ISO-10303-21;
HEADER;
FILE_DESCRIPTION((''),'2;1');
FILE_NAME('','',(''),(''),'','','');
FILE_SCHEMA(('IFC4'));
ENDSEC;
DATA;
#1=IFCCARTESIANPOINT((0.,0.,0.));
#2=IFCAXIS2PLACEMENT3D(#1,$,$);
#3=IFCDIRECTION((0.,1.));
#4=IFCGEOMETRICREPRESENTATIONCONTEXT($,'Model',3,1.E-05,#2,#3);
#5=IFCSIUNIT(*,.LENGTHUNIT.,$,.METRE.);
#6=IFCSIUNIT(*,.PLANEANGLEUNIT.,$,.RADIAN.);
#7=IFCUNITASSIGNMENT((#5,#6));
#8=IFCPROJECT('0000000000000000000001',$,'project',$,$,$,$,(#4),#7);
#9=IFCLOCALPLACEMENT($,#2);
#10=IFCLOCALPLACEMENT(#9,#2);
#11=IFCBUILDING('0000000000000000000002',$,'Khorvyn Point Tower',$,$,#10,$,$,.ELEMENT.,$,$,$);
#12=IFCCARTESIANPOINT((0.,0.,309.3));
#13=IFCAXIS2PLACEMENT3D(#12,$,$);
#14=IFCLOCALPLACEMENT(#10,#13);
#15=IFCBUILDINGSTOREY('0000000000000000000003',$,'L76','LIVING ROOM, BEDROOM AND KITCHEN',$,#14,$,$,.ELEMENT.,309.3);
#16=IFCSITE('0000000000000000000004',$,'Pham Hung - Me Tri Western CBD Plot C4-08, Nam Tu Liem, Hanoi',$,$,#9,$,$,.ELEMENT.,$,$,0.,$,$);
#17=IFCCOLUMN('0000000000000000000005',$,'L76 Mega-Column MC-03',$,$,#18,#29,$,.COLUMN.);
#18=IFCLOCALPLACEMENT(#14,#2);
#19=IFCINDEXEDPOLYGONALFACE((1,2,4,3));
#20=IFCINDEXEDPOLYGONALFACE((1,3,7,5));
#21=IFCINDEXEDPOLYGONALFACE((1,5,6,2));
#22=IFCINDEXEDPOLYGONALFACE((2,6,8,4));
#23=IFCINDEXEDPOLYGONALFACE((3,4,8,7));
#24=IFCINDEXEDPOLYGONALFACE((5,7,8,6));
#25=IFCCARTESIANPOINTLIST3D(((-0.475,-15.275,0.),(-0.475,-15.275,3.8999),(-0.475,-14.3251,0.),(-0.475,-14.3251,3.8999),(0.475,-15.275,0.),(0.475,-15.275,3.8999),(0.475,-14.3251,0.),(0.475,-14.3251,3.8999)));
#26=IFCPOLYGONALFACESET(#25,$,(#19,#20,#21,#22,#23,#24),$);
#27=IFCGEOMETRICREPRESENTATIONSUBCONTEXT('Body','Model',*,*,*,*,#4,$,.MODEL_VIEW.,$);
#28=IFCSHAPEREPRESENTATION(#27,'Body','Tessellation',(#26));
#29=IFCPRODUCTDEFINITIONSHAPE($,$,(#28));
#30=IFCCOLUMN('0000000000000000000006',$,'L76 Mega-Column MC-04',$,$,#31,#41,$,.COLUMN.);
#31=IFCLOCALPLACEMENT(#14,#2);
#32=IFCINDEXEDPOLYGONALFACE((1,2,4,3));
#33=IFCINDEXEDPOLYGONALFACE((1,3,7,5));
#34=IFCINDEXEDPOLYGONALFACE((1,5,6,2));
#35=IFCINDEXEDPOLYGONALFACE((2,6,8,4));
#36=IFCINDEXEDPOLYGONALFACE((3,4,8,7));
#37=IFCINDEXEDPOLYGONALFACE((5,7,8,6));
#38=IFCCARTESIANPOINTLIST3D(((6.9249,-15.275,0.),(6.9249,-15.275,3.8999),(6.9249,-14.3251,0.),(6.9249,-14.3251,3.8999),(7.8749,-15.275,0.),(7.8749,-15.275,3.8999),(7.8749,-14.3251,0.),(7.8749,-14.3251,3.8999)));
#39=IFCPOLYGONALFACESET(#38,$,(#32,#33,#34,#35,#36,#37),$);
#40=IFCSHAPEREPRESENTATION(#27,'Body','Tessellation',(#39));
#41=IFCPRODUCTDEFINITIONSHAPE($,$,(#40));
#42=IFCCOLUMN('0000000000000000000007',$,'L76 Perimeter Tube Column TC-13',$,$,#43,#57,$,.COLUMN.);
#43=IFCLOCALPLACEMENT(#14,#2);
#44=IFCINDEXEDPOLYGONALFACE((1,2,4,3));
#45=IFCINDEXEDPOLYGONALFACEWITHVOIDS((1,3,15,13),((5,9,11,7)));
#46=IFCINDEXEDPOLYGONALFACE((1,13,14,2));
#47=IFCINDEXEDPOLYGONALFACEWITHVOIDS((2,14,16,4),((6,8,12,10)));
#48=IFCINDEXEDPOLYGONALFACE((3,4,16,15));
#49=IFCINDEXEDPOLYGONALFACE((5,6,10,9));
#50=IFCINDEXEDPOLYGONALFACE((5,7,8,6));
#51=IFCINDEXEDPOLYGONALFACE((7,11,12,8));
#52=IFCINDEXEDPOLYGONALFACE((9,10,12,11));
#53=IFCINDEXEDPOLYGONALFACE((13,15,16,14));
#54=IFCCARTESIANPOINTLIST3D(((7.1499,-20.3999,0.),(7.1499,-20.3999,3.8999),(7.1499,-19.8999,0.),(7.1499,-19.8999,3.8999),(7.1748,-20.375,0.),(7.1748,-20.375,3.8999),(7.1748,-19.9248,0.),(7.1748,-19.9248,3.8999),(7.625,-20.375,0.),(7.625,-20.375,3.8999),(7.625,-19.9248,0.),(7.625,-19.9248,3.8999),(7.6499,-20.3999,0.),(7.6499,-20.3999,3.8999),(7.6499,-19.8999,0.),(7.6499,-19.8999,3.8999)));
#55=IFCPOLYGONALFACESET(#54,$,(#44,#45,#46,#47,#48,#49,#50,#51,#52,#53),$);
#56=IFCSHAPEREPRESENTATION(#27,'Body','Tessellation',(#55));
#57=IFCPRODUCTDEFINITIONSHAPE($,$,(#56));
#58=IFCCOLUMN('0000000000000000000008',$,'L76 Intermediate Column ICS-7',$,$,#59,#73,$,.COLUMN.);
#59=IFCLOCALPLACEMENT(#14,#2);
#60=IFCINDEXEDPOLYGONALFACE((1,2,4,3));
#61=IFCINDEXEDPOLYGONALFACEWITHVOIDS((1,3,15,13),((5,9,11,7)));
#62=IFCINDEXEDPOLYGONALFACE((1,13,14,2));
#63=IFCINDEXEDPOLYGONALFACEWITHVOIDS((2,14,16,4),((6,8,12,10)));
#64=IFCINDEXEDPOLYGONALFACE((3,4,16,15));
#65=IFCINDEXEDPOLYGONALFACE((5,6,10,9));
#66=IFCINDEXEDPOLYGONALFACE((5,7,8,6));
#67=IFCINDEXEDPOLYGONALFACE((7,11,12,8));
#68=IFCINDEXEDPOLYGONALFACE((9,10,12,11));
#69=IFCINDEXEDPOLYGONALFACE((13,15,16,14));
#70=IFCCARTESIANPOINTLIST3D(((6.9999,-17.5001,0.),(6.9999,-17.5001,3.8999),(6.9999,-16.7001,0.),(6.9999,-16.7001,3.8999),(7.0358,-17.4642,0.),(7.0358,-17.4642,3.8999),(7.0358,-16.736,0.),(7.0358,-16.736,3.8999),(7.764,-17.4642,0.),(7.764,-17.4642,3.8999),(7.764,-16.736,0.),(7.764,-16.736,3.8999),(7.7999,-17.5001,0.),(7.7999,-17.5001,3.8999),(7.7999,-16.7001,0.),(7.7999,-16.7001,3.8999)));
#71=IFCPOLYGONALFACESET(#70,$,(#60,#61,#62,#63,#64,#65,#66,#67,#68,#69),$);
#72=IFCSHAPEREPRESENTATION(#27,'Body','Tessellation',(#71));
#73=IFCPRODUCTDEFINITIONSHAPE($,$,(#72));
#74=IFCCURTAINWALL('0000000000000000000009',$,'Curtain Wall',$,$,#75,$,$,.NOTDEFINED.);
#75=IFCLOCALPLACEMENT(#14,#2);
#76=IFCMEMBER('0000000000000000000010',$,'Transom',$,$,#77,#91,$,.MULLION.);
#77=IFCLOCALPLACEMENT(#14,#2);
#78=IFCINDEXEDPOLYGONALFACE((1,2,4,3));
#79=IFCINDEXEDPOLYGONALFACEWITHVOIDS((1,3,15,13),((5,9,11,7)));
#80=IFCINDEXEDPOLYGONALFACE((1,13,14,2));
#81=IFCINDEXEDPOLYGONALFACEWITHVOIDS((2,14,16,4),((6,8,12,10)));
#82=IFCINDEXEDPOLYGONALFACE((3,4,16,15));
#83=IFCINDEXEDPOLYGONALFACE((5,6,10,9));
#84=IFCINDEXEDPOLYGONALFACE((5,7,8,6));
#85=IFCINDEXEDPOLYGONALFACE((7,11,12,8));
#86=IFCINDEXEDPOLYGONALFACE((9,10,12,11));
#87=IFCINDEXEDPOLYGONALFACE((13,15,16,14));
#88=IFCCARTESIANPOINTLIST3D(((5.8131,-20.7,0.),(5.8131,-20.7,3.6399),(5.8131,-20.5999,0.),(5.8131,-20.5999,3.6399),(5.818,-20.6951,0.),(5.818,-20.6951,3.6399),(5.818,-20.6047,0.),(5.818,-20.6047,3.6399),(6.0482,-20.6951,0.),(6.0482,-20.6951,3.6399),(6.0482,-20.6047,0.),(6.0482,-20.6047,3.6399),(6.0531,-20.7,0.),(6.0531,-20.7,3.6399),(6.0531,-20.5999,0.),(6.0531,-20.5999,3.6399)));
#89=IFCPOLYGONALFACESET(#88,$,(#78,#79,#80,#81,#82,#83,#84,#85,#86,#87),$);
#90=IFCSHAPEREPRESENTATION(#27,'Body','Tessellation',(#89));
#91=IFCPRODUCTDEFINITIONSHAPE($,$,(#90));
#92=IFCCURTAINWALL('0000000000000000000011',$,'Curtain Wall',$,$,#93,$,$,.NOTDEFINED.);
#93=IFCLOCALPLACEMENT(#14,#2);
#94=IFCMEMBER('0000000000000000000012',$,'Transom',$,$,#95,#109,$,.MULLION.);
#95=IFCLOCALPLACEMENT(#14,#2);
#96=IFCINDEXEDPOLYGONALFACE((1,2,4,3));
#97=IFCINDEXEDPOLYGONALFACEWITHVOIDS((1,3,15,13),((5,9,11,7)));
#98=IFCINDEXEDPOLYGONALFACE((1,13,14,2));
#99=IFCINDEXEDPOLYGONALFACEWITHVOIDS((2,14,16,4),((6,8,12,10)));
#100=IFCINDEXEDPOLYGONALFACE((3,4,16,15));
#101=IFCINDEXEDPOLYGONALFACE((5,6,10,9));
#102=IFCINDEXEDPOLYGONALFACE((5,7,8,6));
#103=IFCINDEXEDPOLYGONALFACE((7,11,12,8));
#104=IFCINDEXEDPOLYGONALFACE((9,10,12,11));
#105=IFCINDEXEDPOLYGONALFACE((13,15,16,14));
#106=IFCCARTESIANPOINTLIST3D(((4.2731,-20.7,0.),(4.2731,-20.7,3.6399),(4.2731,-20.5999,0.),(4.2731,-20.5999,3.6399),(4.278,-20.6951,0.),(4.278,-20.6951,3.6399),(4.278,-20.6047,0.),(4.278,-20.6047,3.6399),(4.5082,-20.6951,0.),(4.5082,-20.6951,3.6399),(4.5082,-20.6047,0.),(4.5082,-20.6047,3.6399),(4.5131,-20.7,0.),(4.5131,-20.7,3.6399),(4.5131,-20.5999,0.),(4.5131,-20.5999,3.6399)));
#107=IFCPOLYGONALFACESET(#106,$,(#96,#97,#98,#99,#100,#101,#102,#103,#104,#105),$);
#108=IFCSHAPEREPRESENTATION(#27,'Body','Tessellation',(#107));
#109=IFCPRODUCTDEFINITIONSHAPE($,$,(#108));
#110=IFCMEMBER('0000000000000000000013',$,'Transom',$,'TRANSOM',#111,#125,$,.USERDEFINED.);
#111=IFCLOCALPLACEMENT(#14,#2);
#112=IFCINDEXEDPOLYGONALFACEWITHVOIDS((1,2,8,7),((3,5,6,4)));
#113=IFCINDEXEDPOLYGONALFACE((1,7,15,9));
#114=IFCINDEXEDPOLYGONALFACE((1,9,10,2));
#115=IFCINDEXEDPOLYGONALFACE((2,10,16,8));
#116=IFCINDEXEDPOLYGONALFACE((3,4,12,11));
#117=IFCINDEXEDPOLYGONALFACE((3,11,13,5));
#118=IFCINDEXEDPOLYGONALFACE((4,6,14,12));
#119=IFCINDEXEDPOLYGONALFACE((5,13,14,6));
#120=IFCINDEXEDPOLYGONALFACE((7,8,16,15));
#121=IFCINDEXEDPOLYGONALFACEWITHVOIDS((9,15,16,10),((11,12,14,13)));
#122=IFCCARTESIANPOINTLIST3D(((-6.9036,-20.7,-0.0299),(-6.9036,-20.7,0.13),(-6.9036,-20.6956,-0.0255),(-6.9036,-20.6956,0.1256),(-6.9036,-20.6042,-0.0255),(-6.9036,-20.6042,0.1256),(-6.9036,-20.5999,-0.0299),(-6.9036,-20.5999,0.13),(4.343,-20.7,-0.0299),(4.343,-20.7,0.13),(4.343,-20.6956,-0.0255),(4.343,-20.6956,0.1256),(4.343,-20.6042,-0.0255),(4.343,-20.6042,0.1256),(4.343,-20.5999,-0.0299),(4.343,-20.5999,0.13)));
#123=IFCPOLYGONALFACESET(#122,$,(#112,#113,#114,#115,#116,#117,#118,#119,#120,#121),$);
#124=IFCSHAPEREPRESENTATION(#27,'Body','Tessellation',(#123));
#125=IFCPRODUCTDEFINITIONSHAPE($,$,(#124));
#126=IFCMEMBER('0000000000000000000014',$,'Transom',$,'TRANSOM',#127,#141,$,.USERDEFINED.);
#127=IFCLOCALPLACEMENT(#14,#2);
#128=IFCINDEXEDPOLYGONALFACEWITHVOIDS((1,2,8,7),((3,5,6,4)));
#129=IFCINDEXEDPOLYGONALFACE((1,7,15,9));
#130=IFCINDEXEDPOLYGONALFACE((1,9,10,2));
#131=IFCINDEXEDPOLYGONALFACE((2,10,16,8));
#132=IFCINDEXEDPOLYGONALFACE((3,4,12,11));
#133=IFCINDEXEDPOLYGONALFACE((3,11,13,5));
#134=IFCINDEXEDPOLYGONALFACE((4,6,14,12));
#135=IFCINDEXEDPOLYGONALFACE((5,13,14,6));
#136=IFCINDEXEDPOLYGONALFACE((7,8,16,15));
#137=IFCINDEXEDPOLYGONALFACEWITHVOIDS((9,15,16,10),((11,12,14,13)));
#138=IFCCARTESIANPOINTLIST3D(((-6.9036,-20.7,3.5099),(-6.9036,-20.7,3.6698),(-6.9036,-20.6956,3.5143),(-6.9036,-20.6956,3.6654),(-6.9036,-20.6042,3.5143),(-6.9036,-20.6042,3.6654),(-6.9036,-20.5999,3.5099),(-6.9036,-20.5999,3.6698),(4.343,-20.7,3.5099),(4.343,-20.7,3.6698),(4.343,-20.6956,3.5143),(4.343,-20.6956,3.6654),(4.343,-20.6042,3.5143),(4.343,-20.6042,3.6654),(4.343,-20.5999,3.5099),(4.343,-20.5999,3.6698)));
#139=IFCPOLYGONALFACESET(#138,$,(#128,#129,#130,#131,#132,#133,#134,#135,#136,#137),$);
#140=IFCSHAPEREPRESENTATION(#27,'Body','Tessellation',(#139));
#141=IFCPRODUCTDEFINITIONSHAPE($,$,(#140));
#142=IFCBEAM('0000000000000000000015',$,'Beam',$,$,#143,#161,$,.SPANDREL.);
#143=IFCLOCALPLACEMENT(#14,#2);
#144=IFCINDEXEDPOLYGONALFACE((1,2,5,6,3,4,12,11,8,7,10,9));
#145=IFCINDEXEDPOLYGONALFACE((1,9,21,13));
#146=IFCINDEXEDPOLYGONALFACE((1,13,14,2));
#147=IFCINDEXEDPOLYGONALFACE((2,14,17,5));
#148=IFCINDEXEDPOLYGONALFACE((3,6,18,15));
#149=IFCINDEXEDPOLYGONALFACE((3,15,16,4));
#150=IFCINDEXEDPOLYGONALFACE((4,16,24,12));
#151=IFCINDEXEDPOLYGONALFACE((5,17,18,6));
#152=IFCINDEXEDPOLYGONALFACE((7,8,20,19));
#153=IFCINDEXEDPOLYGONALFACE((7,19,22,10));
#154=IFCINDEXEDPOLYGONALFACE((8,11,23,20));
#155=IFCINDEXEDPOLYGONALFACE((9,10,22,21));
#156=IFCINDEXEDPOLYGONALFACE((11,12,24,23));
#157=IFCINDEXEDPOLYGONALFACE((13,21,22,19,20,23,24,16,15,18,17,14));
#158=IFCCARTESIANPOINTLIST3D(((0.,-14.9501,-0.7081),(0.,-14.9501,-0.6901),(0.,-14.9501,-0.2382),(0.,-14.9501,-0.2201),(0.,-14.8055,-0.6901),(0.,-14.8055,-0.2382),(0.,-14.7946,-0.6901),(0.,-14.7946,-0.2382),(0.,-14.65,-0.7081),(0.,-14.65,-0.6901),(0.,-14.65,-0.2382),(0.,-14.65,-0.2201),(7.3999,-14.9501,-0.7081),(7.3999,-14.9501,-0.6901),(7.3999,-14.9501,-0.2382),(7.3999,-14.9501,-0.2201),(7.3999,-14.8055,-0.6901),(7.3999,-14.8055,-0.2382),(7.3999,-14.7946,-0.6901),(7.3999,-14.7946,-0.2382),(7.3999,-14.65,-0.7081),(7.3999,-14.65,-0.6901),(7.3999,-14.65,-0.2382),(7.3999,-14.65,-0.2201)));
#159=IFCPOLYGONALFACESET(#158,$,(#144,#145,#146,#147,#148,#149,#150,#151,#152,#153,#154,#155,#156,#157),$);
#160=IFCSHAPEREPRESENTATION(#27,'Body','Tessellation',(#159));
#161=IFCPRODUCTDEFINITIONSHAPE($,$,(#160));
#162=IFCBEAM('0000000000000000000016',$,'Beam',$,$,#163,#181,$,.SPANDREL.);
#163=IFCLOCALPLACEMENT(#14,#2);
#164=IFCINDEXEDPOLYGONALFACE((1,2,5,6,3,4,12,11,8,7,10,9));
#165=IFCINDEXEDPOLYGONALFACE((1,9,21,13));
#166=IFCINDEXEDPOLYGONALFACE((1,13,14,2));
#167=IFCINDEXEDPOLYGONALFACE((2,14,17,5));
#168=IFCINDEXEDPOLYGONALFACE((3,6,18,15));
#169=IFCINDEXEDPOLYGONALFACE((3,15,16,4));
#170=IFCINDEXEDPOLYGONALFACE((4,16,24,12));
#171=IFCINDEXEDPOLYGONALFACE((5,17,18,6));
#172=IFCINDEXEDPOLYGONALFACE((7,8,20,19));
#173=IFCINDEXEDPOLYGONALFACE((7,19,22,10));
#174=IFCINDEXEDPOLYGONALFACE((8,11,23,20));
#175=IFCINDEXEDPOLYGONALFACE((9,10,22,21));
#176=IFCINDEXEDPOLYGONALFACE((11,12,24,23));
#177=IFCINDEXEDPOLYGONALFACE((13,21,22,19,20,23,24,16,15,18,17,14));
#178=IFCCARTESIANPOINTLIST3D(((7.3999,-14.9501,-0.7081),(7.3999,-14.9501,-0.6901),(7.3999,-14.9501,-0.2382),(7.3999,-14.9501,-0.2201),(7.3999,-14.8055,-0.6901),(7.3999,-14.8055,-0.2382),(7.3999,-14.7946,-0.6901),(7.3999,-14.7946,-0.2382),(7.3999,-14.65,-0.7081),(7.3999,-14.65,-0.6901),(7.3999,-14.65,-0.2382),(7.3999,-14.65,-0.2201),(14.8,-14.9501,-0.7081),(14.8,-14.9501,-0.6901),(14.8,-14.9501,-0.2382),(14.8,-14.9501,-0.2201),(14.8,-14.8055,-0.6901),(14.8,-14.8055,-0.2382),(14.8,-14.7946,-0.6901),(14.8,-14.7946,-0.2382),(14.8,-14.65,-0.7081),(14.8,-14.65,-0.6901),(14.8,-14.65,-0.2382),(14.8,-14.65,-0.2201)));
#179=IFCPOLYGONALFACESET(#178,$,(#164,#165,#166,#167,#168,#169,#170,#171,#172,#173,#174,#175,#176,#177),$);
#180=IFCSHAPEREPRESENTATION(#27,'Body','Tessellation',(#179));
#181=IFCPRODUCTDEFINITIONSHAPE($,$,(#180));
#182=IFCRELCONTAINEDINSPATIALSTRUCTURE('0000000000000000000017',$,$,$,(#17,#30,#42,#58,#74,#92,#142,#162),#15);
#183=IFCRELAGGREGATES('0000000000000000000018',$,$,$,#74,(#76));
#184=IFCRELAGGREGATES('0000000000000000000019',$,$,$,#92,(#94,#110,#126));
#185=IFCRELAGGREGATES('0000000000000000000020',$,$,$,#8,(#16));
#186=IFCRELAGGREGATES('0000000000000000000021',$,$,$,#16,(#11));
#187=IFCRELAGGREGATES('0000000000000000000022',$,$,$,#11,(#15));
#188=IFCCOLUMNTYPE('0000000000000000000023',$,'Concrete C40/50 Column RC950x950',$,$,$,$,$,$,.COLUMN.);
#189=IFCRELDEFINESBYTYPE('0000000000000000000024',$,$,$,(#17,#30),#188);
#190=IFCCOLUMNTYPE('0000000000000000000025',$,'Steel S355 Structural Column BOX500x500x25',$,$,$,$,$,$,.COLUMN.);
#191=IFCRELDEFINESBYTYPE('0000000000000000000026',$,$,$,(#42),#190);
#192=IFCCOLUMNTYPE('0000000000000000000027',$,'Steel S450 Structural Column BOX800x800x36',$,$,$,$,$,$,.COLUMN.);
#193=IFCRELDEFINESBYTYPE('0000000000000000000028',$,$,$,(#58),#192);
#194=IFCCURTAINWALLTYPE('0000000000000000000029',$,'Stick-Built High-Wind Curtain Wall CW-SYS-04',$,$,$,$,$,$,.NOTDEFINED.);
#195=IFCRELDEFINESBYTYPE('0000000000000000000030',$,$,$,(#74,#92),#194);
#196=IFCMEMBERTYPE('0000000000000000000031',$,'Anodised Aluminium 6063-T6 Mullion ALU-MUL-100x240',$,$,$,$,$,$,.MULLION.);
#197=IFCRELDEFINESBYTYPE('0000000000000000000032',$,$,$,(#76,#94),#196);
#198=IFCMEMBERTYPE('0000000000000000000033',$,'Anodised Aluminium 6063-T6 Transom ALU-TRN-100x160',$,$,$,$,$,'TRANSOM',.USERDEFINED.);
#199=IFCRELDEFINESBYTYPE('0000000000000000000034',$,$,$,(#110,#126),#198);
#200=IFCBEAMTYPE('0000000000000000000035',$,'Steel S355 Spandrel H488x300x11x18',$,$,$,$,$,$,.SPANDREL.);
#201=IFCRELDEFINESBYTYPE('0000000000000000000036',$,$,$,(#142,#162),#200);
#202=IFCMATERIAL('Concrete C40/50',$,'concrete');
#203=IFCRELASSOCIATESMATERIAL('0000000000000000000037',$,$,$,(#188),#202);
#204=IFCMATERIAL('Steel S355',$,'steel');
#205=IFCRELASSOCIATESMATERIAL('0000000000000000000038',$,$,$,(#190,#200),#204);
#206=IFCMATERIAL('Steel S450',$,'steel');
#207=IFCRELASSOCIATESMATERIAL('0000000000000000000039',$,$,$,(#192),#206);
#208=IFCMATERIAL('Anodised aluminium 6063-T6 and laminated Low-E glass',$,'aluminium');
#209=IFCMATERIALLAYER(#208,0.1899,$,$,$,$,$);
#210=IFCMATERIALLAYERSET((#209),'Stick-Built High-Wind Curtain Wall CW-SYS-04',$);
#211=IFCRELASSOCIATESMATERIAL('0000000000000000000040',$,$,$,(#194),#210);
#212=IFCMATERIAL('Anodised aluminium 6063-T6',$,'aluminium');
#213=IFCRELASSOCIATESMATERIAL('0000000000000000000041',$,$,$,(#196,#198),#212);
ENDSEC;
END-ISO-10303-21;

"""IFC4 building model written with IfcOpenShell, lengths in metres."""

from ifc_helpers import new_model, si_unit, direction, frame, origin, origin_2d, place, context, subcontext, project, spatial, rectangle, hollow_rectangle, i_section, extrude, material, layer, layer_set, material_profile, profile_set, type_object, element, aggregate, save


model = new_model("IFC4")

# Units and contexts
model_context = context("Model", 3, precision=1e-05, world=origin(), true_north=direction((0.0, 1.0)))
body_context = subcontext(model_context, "Body", "Model", "MODEL_VIEW")
ifc_project = project(units=[si_unit("LENGTHUNIT", "METRE"), si_unit("PLANEANGLEUNIT", "RADIAN")], contexts=[model_context])

# Site, building, storey
site_placement = place(None, origin())
site = spatial("IfcSite", under=ifc_project, at=site_placement, Name="Pham Hung - Me Tri Western CBD Plot C4-08, Nam Tu Liem, Hanoi", CompositionType="ELEMENT", RefElevation=0.0)
building_placement = place(site_placement, origin())
building = spatial("IfcBuilding", under=site, at=building_placement, Name="Khorvyn Point Tower", CompositionType="ELEMENT")
storey_placement = place(building_placement, frame((0.0, 0.0, 309.3)))
storey = spatial("IfcBuildingStorey", under=building, at=storey_placement, Name="L76", Description="LIVING ROOM, BEDROOM AND KITCHEN", CompositionType="ELEMENT", Elevation=309.3)

# Columns
ifc_material_1 = material(Name="Concrete C40/50", Category="concrete")
ifc_material_profile_1 = material_profile(ifc_material_1, rectangle(XDim=0.95, YDim=0.95, at=origin_2d()))
ifc_profile_set_1 = profile_set([ifc_material_profile_1], Name="Concrete C40/50 RC950x950")
column_type_1 = type_object("IfcColumnType", Name="Concrete C40/50 Column RC950x950", PredefinedType="COLUMN", material=ifc_profile_set_1)
for number, where, z_axis, x_axis, name in (
    (1, (0.0, -14.8, 0.0), (0.0, 0.0, 1.0), (1.0, 0.0, 0.0), "L76 Mega-Column MC-03"),
    (2, (7.3999, -14.8, 0.0), (0.0, 0.0, 1.0), (1.0, 0.0, 0.0), "L76 Mega-Column MC-04"),
):
    element("IfcColumn", number, at=place(storey_placement, frame(where, z_axis=z_axis, x_axis=x_axis)), inside=storey, type_object=column_type_1, Name=name, PredefinedType="COLUMN", context=body_context, shape_type="SweptSolid", body=[
        extrude(rectangle(XDim=0.95, YDim=0.95, at=origin_2d()), origin(), (0.0, 0.0, 1.0), 3.8999),
    ])
ifc_material_2 = material(Name="Steel S355", Category="steel")
ifc_material_profile_2 = material_profile(ifc_material_2, hollow_rectangle(XDim=0.5, YDim=0.5, WallThickness=0.0249, at=origin_2d()))
ifc_profile_set_2 = profile_set([ifc_material_profile_2], Name="Steel S355 BOX500x500x25")
column_type_2 = type_object("IfcColumnType", Name="Steel S355 Structural Column BOX500x500x25", PredefinedType="COLUMN", material=ifc_profile_set_2)
column_1_placement = place(storey_placement, frame((7.3999, -20.1499, 0.0), z_axis=(0.0, 0.0, 1.0), x_axis=(1.0, 0.0, 0.0)))
element("IfcColumn", 3, at=column_1_placement, inside=storey, type_object=column_type_2, Name="L76 Perimeter Tube Column TC-13", PredefinedType="COLUMN", context=body_context, shape_type="SweptSolid", body=[
    extrude(hollow_rectangle(XDim=0.5, YDim=0.5, WallThickness=0.0249, at=origin_2d()), origin(), (0.0, 0.0, 1.0), 3.8999),
])
ifc_material_3 = material(Name="Steel S450", Category="steel")
ifc_material_profile_3 = material_profile(ifc_material_3, hollow_rectangle(XDim=0.8, YDim=0.8, WallThickness=0.0359, at=origin_2d()))
ifc_profile_set_3 = profile_set([ifc_material_profile_3], Name="Steel S450 BOX800x800x36")
column_type_3 = type_object("IfcColumnType", Name="Steel S450 Structural Column BOX800x800x36", PredefinedType="COLUMN", material=ifc_profile_set_3)
column_2_placement = place(storey_placement, frame((7.3999, -17.1001, 0.0), z_axis=(0.0, 0.0, 1.0), x_axis=(1.0, 0.0, 0.0)))
element("IfcColumn", 4, at=column_2_placement, inside=storey, type_object=column_type_3, Name="L76 Intermediate Column ICS-7", PredefinedType="COLUMN", context=body_context, shape_type="SweptSolid", body=[
    extrude(hollow_rectangle(XDim=0.8, YDim=0.8, WallThickness=0.0359, at=origin_2d()), origin(), (0.0, 0.0, 1.0), 3.8999),
])

# Curtain wall, member
ifc_material_4 = material(Name="Anodised aluminium 6063-T6 and laminated Low-E glass", Category="aluminium")
ifc_layer_1 = layer(ifc_material_4, 0.1899)
ifc_layer_set_1 = layer_set([ifc_layer_1], Name="Stick-Built High-Wind Curtain Wall CW-SYS-04")
curtain_wall_type = type_object("IfcCurtainWallType", Name="Stick-Built High-Wind Curtain Wall CW-SYS-04", PredefinedType="NOTDEFINED", material=ifc_layer_set_1)
curtain_wall_1_placement = place(storey_placement, origin())
curtain_wall_1 = element("IfcCurtainWall", 5, at=curtain_wall_1_placement, inside=storey, type_object=curtain_wall_type, Name="Curtain Wall", PredefinedType="NOTDEFINED")
ifc_material_5 = material(Name="Anodised aluminium 6063-T6", Category="aluminium")
ifc_material_profile_4 = material_profile(ifc_material_5, hollow_rectangle(XDim=0.1001, YDim=0.24, WallThickness=0.0049, at=origin_2d()))
ifc_profile_set_4 = profile_set([ifc_material_profile_4], Name="Anodised aluminium 6063-T6 ALU-MUL-100x240")
member_type_1 = type_object("IfcMemberType", Name="Anodised Aluminium 6063-T6 Mullion ALU-MUL-100x240", PredefinedType="MULLION", material=ifc_profile_set_4)
member_1_placement = place(storey_placement, frame((5.9331, -20.6499, 0.0), z_axis=(0.0, 0.0, 1.0), x_axis=(0.0, -1.0, 0.0)))
member_1 = element("IfcMember", 6, at=member_1_placement, type_object=member_type_1, Name="Transom", PredefinedType="MULLION", context=body_context, shape_type="SweptSolid", body=[
    extrude(hollow_rectangle(XDim=0.1001, YDim=0.24, WallThickness=0.0049, at=origin_2d()), origin(), (0.0, 0.0, 1.0), 3.6399),
])
aggregate(curtain_wall_1, [member_1])

# Curtain wall, members
curtain_wall_2_placement = place(storey_placement, origin())
curtain_wall_2 = element("IfcCurtainWall", 7, at=curtain_wall_2_placement, inside=storey, type_object=curtain_wall_type, Name="Curtain Wall", PredefinedType="NOTDEFINED")
member_2_placement = place(storey_placement, frame((4.3931, -20.6499, 0.0), z_axis=(0.0, 0.0, 1.0), x_axis=(0.0, -1.0, 0.0)))
member_2 = element("IfcMember", 8, at=member_2_placement, type_object=member_type_1, Name="Transom", PredefinedType="MULLION", context=body_context, shape_type="SweptSolid", body=[
    extrude(hollow_rectangle(XDim=0.1001, YDim=0.24, WallThickness=0.0049, at=origin_2d()), origin(), (0.0, 0.0, 1.0), 3.6399),
])
ifc_material_profile_5 = material_profile(ifc_material_5, hollow_rectangle(XDim=0.1001, YDim=0.1599, WallThickness=0.0044, at=origin_2d()))
ifc_profile_set_5 = profile_set([ifc_material_profile_5], Name="Anodised aluminium 6063-T6 ALU-TRN-100x160")
member_type_2 = type_object("IfcMemberType", Name="Anodised Aluminium 6063-T6 Transom ALU-TRN-100x160", ElementType="TRANSOM", PredefinedType="USERDEFINED", material=ifc_profile_set_5)
member_3_placement = place(storey_placement, frame((4.343, -20.6499, 0.05), z_axis=(-1.0, 0.0, 0.0), x_axis=(0.0, -1.0, 0.0)))
member_3 = element("IfcMember", 9, at=member_3_placement, type_object=member_type_2, Name="Transom", ObjectType="TRANSOM", PredefinedType="USERDEFINED", context=body_context, shape_type="SweptSolid", body=[
    extrude(hollow_rectangle(XDim=0.1001, YDim=0.1599, WallThickness=0.0044, at=origin_2d()), origin(), (0.0, 0.0, 1.0), 11.2466),
])
member_4_placement = place(storey_placement, frame((4.343, -20.6499, 3.5898), z_axis=(-1.0, 0.0, 0.0), x_axis=(0.0, -1.0, 0.0)))
member_4 = element("IfcMember", 10, at=member_4_placement, type_object=member_type_2, Name="Transom", ObjectType="TRANSOM", PredefinedType="USERDEFINED", context=body_context, shape_type="SweptSolid", body=[
    extrude(hollow_rectangle(XDim=0.1001, YDim=0.1599, WallThickness=0.0044, at=origin_2d()), origin(), (0.0, 0.0, 1.0), 11.2466),
])

# Beams
ifc_material_profile_6 = material_profile(ifc_material_2, i_section(OverallWidth=0.3, OverallDepth=0.488, WebThickness=0.011, FlangeThickness=0.0181, at=origin_2d()))
ifc_profile_set_6 = profile_set([ifc_material_profile_6], Name="Steel S355 H488x300x11x18")
beam_type_1 = type_object("IfcBeamType", Name="Steel S355 Spandrel H488x300x11x18", PredefinedType="SPANDREL", material=ifc_profile_set_6)
beam_1_placement = place(storey_placement, frame((0.0, -14.8, -0.4641), z_axis=(1.0, 0.0, 0.0), x_axis=(0.0, 1.0, 0.0)))
element("IfcBeam", 11, at=beam_1_placement, inside=storey, type_object=beam_type_1, Name="Beam", PredefinedType="SPANDREL", context=body_context, shape_type="SweptSolid", body=[
    extrude(i_section(OverallWidth=0.3, OverallDepth=0.488, WebThickness=0.011, FlangeThickness=0.0181, at=origin_2d()), origin(), (0.0, 0.0, 1.0), 7.3999),
])
for number, where, z_axis, x_axis, name in (
    (12, (7.3999, -14.8, -0.4641), (1.0, 0.0, 0.0), (0.0, 1.0, 0.0), "Beam"),
):
    element("IfcBeam", number, at=place(storey_placement, frame(where, z_axis=z_axis, x_axis=x_axis)), inside=storey, type_object=beam_type_1, Name=name, PredefinedType="SPANDREL", context=body_context, shape_type="SweptSolid", body=[
        extrude(i_section(OverallWidth=0.3, OverallDepth=0.488, WebThickness=0.011, FlangeThickness=0.0181, at=origin_2d()), origin(), (0.0, 0.0, 1.0), 7.4001),
    ])

aggregate(curtain_wall_2, [member_2, member_3, member_4])

save(model, "model.ifc")
